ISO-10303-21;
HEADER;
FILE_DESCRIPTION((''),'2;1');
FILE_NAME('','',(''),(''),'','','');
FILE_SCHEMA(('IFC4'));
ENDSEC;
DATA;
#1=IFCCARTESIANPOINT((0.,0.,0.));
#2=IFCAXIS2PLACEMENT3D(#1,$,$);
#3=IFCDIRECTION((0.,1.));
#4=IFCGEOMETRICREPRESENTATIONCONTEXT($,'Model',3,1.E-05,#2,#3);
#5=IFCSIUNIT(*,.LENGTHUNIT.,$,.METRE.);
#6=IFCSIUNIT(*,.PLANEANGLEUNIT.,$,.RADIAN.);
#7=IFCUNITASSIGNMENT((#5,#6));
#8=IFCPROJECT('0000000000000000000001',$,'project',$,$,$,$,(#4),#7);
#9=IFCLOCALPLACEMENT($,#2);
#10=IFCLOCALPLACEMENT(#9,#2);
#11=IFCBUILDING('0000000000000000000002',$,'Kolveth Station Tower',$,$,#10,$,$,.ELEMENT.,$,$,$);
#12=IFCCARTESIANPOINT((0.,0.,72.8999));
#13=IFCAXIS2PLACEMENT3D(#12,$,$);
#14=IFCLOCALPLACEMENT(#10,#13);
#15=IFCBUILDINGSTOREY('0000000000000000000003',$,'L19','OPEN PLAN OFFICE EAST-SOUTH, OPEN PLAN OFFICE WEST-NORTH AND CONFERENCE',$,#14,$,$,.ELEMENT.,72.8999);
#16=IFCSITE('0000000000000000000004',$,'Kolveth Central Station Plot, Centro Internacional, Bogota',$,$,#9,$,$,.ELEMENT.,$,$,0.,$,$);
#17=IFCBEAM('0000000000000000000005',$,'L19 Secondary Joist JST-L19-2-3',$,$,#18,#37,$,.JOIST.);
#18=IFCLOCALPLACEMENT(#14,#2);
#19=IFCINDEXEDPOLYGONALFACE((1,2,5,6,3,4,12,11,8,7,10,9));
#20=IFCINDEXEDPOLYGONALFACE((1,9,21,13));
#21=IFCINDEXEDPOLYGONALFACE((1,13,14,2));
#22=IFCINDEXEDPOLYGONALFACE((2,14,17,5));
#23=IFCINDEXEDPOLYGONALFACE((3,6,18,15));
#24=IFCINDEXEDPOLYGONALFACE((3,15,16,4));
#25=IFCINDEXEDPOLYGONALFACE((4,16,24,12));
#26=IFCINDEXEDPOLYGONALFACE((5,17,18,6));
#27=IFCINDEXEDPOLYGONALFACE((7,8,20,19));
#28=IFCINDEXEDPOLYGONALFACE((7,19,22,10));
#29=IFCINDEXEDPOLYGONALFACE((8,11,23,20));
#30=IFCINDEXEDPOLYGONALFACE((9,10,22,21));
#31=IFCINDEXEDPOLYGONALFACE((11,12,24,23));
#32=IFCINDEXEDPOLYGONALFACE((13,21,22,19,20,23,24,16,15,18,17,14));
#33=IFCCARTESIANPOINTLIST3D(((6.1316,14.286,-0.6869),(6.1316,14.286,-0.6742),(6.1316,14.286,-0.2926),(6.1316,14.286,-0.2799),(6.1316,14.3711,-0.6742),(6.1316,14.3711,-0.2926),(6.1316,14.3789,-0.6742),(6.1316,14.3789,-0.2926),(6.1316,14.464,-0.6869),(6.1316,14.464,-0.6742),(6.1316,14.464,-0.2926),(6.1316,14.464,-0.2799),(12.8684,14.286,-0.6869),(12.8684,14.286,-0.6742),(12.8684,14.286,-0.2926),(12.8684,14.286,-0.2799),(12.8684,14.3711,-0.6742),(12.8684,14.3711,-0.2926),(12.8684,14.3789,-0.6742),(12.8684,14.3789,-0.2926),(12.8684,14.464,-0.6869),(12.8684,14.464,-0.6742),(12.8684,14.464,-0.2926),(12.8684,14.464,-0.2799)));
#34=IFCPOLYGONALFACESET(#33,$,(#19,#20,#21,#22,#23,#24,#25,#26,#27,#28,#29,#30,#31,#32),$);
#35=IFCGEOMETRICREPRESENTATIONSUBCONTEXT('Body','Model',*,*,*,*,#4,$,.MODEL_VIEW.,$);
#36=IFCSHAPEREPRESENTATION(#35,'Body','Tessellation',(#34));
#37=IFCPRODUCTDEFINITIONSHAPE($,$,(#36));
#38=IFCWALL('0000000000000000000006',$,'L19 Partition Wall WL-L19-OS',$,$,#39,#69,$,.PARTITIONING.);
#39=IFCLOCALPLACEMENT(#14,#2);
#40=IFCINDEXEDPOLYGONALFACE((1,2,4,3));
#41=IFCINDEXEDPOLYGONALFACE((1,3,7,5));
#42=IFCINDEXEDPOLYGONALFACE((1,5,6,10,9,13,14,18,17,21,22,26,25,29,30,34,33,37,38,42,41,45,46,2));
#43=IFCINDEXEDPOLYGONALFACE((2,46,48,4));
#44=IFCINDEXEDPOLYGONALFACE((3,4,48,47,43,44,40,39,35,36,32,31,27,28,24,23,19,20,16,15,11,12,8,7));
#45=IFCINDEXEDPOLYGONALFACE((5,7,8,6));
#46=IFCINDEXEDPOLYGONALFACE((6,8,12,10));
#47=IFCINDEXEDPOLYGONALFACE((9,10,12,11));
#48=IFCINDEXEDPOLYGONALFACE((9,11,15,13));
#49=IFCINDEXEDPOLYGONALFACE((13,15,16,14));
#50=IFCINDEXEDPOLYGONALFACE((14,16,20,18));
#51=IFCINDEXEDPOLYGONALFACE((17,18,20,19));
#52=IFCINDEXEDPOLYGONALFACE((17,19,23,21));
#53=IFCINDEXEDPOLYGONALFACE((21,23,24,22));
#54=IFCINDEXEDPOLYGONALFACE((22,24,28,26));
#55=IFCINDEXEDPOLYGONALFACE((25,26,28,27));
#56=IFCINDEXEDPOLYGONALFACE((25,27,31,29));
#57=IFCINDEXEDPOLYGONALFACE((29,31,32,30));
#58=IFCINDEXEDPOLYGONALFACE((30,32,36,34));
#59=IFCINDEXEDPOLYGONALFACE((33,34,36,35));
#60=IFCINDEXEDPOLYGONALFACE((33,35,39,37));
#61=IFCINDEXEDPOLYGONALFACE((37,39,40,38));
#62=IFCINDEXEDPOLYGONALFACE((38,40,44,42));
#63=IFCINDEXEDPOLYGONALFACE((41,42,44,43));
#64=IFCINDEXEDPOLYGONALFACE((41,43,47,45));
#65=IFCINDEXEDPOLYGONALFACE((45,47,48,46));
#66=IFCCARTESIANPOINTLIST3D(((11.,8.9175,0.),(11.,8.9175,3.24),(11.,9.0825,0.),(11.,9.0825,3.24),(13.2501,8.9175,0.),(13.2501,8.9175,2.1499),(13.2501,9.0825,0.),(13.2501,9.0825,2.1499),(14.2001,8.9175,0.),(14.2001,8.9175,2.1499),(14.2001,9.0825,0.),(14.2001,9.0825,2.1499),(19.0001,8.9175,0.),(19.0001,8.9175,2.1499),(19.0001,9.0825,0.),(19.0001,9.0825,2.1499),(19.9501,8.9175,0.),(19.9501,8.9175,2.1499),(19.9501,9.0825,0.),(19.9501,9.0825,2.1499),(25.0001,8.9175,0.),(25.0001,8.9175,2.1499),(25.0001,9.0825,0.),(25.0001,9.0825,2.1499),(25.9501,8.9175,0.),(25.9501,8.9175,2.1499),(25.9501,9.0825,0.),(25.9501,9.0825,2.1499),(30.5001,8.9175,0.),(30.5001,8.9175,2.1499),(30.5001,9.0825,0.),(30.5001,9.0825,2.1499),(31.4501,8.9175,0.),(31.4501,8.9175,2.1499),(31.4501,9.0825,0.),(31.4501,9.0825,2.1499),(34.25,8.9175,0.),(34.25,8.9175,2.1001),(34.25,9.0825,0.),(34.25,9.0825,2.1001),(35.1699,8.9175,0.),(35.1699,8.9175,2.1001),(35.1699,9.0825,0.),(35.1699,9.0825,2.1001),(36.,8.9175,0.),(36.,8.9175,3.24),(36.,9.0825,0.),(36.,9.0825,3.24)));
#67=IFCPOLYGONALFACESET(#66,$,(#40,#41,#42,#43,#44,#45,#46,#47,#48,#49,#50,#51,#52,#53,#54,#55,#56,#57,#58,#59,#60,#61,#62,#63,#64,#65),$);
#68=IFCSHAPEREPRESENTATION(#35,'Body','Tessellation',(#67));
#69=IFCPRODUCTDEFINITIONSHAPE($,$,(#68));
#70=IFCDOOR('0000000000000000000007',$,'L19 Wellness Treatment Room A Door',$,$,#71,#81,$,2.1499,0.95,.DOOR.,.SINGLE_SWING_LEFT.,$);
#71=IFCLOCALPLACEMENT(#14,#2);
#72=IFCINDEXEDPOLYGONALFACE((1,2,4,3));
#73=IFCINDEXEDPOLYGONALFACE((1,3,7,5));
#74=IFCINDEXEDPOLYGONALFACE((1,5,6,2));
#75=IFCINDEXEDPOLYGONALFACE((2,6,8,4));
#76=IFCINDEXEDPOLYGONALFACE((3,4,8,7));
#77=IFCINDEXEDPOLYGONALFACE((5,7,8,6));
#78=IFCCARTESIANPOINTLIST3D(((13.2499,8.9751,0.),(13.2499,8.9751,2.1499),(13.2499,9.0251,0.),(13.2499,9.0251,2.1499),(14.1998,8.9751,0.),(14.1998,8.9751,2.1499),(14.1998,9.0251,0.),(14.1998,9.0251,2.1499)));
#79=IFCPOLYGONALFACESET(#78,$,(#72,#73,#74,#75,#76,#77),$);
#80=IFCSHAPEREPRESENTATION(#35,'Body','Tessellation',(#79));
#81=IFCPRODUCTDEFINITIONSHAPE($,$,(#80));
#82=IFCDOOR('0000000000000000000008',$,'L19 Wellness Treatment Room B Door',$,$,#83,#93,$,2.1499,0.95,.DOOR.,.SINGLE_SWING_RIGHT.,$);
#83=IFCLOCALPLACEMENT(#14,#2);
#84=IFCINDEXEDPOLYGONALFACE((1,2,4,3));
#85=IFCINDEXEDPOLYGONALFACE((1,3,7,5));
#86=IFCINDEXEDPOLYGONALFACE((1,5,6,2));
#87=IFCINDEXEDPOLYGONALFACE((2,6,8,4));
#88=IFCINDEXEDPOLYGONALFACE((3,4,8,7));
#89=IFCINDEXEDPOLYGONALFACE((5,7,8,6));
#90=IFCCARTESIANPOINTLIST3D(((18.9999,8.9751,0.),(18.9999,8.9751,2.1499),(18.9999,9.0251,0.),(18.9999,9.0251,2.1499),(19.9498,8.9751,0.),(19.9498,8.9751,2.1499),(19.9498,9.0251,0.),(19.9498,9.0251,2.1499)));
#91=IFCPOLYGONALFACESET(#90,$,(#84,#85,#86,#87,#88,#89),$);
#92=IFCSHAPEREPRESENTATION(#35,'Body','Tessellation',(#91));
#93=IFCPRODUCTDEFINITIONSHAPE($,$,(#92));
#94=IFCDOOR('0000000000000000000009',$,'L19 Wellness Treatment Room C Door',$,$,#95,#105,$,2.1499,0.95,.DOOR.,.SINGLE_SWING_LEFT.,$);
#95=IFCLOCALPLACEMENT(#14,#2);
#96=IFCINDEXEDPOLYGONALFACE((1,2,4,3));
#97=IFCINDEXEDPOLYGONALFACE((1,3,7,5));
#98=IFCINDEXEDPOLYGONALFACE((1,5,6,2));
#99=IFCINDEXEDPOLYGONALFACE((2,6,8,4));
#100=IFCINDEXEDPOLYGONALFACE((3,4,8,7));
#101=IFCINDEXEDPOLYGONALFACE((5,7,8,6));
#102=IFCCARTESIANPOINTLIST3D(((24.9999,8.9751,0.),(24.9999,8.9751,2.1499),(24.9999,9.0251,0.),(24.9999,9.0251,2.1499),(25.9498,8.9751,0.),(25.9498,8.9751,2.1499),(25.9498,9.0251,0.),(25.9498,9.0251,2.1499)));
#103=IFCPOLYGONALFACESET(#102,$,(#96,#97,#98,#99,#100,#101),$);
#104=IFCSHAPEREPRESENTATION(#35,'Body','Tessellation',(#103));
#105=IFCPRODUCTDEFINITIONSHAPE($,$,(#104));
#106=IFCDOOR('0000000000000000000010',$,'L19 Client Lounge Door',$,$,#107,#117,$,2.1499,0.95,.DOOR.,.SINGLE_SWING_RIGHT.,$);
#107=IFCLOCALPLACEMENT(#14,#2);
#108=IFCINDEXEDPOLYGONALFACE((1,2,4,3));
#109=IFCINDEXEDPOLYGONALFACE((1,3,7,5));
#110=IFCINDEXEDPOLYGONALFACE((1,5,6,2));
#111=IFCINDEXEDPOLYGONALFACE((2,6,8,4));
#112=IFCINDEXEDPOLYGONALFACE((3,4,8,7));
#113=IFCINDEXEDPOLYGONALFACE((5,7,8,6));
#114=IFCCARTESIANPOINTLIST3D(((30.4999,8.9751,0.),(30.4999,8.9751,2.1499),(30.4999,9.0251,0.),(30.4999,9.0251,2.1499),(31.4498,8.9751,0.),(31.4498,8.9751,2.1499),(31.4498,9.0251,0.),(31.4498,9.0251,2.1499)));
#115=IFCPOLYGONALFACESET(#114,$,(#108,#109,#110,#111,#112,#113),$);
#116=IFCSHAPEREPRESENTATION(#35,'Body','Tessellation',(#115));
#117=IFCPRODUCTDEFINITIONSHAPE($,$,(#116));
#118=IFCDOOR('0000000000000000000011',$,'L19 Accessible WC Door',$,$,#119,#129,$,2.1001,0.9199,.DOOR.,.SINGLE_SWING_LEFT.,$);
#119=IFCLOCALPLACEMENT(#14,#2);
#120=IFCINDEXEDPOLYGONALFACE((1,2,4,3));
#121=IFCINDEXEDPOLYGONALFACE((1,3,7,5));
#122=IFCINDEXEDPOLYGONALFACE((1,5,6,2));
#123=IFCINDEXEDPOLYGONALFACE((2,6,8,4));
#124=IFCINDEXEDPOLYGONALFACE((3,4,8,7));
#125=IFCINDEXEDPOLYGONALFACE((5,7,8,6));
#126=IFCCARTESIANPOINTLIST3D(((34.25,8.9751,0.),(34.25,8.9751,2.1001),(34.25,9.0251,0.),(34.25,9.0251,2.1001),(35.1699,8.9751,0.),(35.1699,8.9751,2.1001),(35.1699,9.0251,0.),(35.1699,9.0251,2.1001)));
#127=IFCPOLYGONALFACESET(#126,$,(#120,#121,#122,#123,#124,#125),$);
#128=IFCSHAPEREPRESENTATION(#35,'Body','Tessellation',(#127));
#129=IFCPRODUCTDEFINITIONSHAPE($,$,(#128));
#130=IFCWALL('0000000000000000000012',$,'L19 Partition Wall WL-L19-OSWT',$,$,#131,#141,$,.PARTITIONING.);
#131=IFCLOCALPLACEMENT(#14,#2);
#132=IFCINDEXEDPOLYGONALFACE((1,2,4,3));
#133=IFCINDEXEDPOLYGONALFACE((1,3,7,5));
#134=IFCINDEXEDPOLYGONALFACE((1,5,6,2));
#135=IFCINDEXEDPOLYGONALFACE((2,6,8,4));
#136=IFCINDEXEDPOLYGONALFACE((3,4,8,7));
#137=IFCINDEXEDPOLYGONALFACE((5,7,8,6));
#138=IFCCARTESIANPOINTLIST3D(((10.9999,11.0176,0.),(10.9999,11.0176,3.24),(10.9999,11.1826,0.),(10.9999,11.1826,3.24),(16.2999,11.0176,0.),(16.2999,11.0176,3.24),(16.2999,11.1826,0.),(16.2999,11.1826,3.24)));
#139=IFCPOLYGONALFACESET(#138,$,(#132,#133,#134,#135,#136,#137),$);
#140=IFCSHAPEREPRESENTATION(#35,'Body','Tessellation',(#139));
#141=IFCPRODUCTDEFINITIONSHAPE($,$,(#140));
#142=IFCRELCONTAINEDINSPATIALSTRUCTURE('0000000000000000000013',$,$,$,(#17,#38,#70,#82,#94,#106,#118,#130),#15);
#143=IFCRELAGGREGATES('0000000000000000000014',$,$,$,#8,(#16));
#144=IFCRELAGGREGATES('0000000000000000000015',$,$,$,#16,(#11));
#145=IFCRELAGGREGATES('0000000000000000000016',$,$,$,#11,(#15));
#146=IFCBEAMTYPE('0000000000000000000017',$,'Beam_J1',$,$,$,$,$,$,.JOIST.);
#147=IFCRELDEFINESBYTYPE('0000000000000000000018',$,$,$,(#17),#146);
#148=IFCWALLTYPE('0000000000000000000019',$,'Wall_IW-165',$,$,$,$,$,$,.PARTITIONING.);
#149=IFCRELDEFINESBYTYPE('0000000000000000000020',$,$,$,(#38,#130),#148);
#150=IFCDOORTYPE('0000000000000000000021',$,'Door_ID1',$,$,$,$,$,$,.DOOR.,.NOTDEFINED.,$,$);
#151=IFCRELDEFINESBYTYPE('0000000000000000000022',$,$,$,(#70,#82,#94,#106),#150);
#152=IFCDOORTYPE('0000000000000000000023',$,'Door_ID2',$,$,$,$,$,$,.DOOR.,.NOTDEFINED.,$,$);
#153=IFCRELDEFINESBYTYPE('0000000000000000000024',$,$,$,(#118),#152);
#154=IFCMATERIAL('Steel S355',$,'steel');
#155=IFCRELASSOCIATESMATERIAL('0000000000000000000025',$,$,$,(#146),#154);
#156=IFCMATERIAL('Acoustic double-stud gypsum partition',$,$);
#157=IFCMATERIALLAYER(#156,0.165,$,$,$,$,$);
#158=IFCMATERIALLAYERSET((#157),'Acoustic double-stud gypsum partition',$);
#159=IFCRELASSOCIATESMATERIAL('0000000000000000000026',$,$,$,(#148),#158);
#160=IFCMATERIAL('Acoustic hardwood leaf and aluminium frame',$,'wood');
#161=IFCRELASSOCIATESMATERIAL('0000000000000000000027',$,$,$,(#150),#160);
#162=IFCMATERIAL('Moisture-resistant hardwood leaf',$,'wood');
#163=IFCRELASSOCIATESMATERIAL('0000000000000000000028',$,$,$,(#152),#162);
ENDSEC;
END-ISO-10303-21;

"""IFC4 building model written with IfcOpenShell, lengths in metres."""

from ifc_helpers import new_model, si_unit, direction, frame, frame_2d, origin, origin_2d, place, context, subcontext, project, spatial, rectangle, i_section, extrude, source, transform, mapped, material, layer, layer_set, material_profile, profile_set, type_object, element, fill, save


model = new_model("IFC4")

# Units and contexts
model_context = context("Model", 3, precision=1e-05, world=origin(), true_north=direction((0.0, 1.0)))
body_context = subcontext(model_context, "Body", "Model", "MODEL_VIEW")
ifc_project = project(units=[si_unit("LENGTHUNIT", "METRE"), si_unit("PLANEANGLEUNIT", "RADIAN")], contexts=[model_context])

# Site, building, storey
site_placement = place(None, origin())
site = spatial("IfcSite", under=ifc_project, at=site_placement, Name="Kolveth Central Station Plot, Centro Internacional, Bogota", CompositionType="ELEMENT", RefElevation=0.0)
building_placement = place(site_placement, origin())
building = spatial("IfcBuilding", under=site, at=building_placement, Name="Kolveth Station Tower", CompositionType="ELEMENT")
storey_placement = place(building_placement, frame((0.0, 0.0, 72.8999)))
storey = spatial("IfcBuildingStorey", under=building, at=storey_placement, Name="L19", Description="OPEN PLAN OFFICE EAST-SOUTH, OPEN PLAN OFFICE WEST-NORTH AND CONFERENCE", CompositionType="ELEMENT", Elevation=72.8999)

# Beam
ifc_material_1 = material(Name="Steel S355", Category="steel")
ifc_material_profile_1 = material_profile(ifc_material_1, i_section(OverallWidth=0.178, OverallDepth=0.407, WebThickness=0.0078, FlangeThickness=0.0127, at=origin_2d()), Name="W410x60")
ifc_profile_set_1 = profile_set([ifc_material_profile_1], Name="Steel S355")
beam_type_1 = type_object("IfcBeamType", Name="Beam_J1", PredefinedType="JOIST", material=ifc_profile_set_1)
shared_shape_1 = source(origin(), body_context, "Body", "SweptSolid", [
    extrude(i_section(OverallWidth=0.178, OverallDepth=0.407, WebThickness=0.0078, FlangeThickness=0.0127, at=origin_2d()), origin(), (0.0, 0.0, 1.0), 6.7368),
])
beam_placement = place(storey_placement, frame((6.1316, 14.375, -0.4834), z_axis=(1.0, 0.0, 0.0), x_axis=(0.0, 1.0, 0.0)))
element("IfcBeam", 1, at=beam_placement, inside=storey, type_object=beam_type_1, Name="L19 Secondary Joist JST-L19-2-3", PredefinedType="JOIST", context=body_context, shape_type="MappedRepresentation", body=[
    mapped(shared_shape_1, transform((0.0, 0.0, 0.0), x_axis=(1.0, 0.0, 0.0), y_axis=(0.0, 1.0, 0.0), z_axis=(0.0, 0.0, 1.0), scale=1.0)),
])

# Wall, openings, doors
ifc_material_2 = material(Name="Acoustic double-stud gypsum partition")
ifc_layer = layer(ifc_material_2, 0.165)
ifc_layer_set = layer_set([ifc_layer], Name="Acoustic double-stud gypsum partition")
wall_type = type_object("IfcWallType", Name="Wall_IW-165", PredefinedType="PARTITIONING", material=ifc_layer_set)
wall_1_placement = place(storey_placement, frame((11.0, 9.0, 0.0), z_axis=(0.0, 0.0, 1.0), x_axis=(1.0, 0.0, 0.0)))
wall_1 = element("IfcWall", 2, at=wall_1_placement, inside=storey, type_object=wall_type, Name="L19 Partition Wall WL-L19-OS", PredefinedType="PARTITIONING", context=body_context, shape_type="SweptSolid", body=[
    extrude(rectangle(XDim=25.0, YDim=0.165, at=frame_2d((12.5, 0.0))), origin(), (0.0, 0.0, 1.0), 3.24),
])
opening_1_placement = place(wall_1_placement, frame((2.25, 0.0, 0.0)))
opening_1 = element("IfcOpeningElement", 3, at=opening_1_placement, cuts=wall_1, PredefinedType="OPENING", context=body_context, shape_type="SweptSolid", body=[
    extrude(rectangle(XDim=0.95, YDim=2.1499, at=frame_2d((0.4751, 1.075))), frame((0.0, 0.0925, 0.0), z_axis=(0.0, -1.0, 0.0), x_axis=(1.0, 0.0, 0.0)), (0.0, 0.0, 1.0), 0.1851),
])
opening_2_placement = place(wall_1_placement, frame((8.0, 0.0, 0.0)))
opening_2 = element("IfcOpeningElement", 4, at=opening_2_placement, cuts=wall_1, PredefinedType="OPENING", context=body_context, shape_type="SweptSolid", body=[
    extrude(rectangle(XDim=0.95, YDim=2.1499, at=frame_2d((0.4751, 1.075))), frame((0.0, 0.0925, 0.0), z_axis=(0.0, -1.0, 0.0), x_axis=(1.0, 0.0, 0.0)), (0.0, 0.0, 1.0), 0.1851),
])
opening_3_placement = place(wall_1_placement, frame((14.0, 0.0, 0.0)))
opening_3 = element("IfcOpeningElement", 5, at=opening_3_placement, cuts=wall_1, PredefinedType="OPENING", context=body_context, shape_type="SweptSolid", body=[
    extrude(rectangle(XDim=0.95, YDim=2.1499, at=frame_2d((0.4751, 1.075))), frame((0.0, 0.0925, 0.0), z_axis=(0.0, -1.0, 0.0), x_axis=(1.0, 0.0, 0.0)), (0.0, 0.0, 1.0), 0.1851),
])
opening_4_placement = place(wall_1_placement, frame((19.5, 0.0, 0.0)))
opening_4 = element("IfcOpeningElement", 6, at=opening_4_placement, cuts=wall_1, PredefinedType="OPENING", context=body_context, shape_type="SweptSolid", body=[
    extrude(rectangle(XDim=0.95, YDim=2.1499, at=frame_2d((0.4751, 1.075))), frame((0.0, 0.0925, 0.0), z_axis=(0.0, -1.0, 0.0), x_axis=(1.0, 0.0, 0.0)), (0.0, 0.0, 1.0), 0.1851),
])
opening_5_placement = place(wall_1_placement, frame((23.25, 0.0, 0.0)))
opening_5 = element("IfcOpeningElement", 7, at=opening_5_placement, cuts=wall_1, PredefinedType="OPENING", context=body_context, shape_type="SweptSolid", body=[
    extrude(rectangle(XDim=0.9199, YDim=2.1001, at=frame_2d((0.46, 1.05))), frame((0.0, 0.0925, 0.0), z_axis=(0.0, -1.0, 0.0), x_axis=(1.0, 0.0, 0.0)), (0.0, 0.0, 1.0), 0.1851),
])
ifc_material_3 = material(Name="Acoustic hardwood leaf and aluminium frame", Category="wood")
door_type_1 = type_object("IfcDoorType", Name="Door_ID1", OperationType="NOTDEFINED", PredefinedType="DOOR", material=ifc_material_3)
door_1_placement = place(opening_1_placement, frame((0.95, 0.0, 0.0), z_axis=(0.0, 0.0, 1.0), x_axis=(-1.0, 0.0, 0.0)))
door_1 = element("IfcDoor", 8, at=door_1_placement, inside=storey, type_object=door_type_1, Name="L19 Wellness Treatment Room A Door", OperationType="SINGLE_SWING_LEFT", OverallHeight=2.1499, OverallWidth=0.95, PredefinedType="DOOR", context=body_context, shape_type="SweptSolid", body=[
    extrude(rectangle(XDim=0.95, YDim=2.1499, at=frame_2d((0.4751, 1.075))), frame((0.0, 0.0249, 0.0), z_axis=(0.0, -1.0, 0.0), x_axis=(1.0, 0.0, 0.0)), (0.0, 0.0, 1.0), 0.05),
])
fill(opening_1, door_1)
door_2_placement = place(opening_2_placement, frame((0.95, 0.0, 0.0), z_axis=(0.0, 0.0, 1.0), x_axis=(-1.0, 0.0, 0.0)))
door_2 = element("IfcDoor", 9, at=door_2_placement, inside=storey, type_object=door_type_1, Name="L19 Wellness Treatment Room B Door", OperationType="SINGLE_SWING_RIGHT", OverallHeight=2.1499, OverallWidth=0.95, PredefinedType="DOOR", context=body_context, shape_type="SweptSolid", body=[
    extrude(rectangle(XDim=0.95, YDim=2.1499, at=frame_2d((0.4751, 1.075))), frame((0.0, 0.0249, 0.0), z_axis=(0.0, -1.0, 0.0), x_axis=(1.0, 0.0, 0.0)), (0.0, 0.0, 1.0), 0.05),
])
fill(opening_2, door_2)
door_3_placement = place(opening_3_placement, frame((0.95, 0.0, 0.0), z_axis=(0.0, 0.0, 1.0), x_axis=(-1.0, 0.0, 0.0)))
door_3 = element("IfcDoor", 10, at=door_3_placement, inside=storey, type_object=door_type_1, Name="L19 Wellness Treatment Room C Door", OperationType="SINGLE_SWING_LEFT", OverallHeight=2.1499, OverallWidth=0.95, PredefinedType="DOOR", context=body_context, shape_type="SweptSolid", body=[
    extrude(rectangle(XDim=0.95, YDim=2.1499, at=frame_2d((0.4751, 1.075))), frame((0.0, 0.0249, 0.0), z_axis=(0.0, -1.0, 0.0), x_axis=(1.0, 0.0, 0.0)), (0.0, 0.0, 1.0), 0.05),
])
fill(opening_3, door_3)
door_4_placement = place(opening_4_placement, frame((0.95, 0.0, 0.0), z_axis=(0.0, 0.0, 1.0), x_axis=(-1.0, 0.0, 0.0)))
door_4 = element("IfcDoor", 11, at=door_4_placement, inside=storey, type_object=door_type_1, Name="L19 Client Lounge Door", OperationType="SINGLE_SWING_RIGHT", OverallHeight=2.1499, OverallWidth=0.95, PredefinedType="DOOR", context=body_context, shape_type="SweptSolid", body=[
    extrude(rectangle(XDim=0.95, YDim=2.1499, at=frame_2d((0.4751, 1.075))), frame((0.0, 0.0249, 0.0), z_axis=(0.0, -1.0, 0.0), x_axis=(1.0, 0.0, 0.0)), (0.0, 0.0, 1.0), 0.05),
])
fill(opening_4, door_4)
ifc_material_4 = material(Name="Moisture-resistant hardwood leaf", Category="wood")
door_type_2 = type_object("IfcDoorType", Name="Door_ID2", OperationType="NOTDEFINED", PredefinedType="DOOR", material=ifc_material_4)
door_5_placement = place(opening_5_placement, frame((0.9199, 0.0, 0.0), z_axis=(0.0, 0.0, 1.0), x_axis=(-1.0, 0.0, 0.0)))
door_5 = element("IfcDoor", 12, at=door_5_placement, inside=storey, type_object=door_type_2, Name="L19 Accessible WC Door", OperationType="SINGLE_SWING_LEFT", OverallHeight=2.1001, OverallWidth=0.9199, PredefinedType="DOOR", context=body_context, shape_type="SweptSolid", body=[
    extrude(rectangle(XDim=0.9199, YDim=2.1001, at=frame_2d((0.46, 1.05))), frame((0.0, 0.0249, 0.0), z_axis=(0.0, -1.0, 0.0), x_axis=(1.0, 0.0, 0.0)), (0.0, 0.0, 1.0), 0.05),
])
fill(opening_5, door_5)

# Wall
wall_2_placement = place(storey_placement, frame((11.0, 11.1001, 0.0), z_axis=(0.0, 0.0, 1.0), x_axis=(1.0, 0.0, 0.0)))
element("IfcWall", 13, at=wall_2_placement, inside=storey, type_object=wall_type, Name="L19 Partition Wall WL-L19-OSWT", PredefinedType="PARTITIONING", context=body_context, shape_type="SweptSolid", body=[
    extrude(rectangle(XDim=5.3, YDim=0.165, at=frame_2d((2.6499, 0.0))), origin(), (0.0, 0.0, 1.0), 3.24),
])

save(model, "model.ifc")
